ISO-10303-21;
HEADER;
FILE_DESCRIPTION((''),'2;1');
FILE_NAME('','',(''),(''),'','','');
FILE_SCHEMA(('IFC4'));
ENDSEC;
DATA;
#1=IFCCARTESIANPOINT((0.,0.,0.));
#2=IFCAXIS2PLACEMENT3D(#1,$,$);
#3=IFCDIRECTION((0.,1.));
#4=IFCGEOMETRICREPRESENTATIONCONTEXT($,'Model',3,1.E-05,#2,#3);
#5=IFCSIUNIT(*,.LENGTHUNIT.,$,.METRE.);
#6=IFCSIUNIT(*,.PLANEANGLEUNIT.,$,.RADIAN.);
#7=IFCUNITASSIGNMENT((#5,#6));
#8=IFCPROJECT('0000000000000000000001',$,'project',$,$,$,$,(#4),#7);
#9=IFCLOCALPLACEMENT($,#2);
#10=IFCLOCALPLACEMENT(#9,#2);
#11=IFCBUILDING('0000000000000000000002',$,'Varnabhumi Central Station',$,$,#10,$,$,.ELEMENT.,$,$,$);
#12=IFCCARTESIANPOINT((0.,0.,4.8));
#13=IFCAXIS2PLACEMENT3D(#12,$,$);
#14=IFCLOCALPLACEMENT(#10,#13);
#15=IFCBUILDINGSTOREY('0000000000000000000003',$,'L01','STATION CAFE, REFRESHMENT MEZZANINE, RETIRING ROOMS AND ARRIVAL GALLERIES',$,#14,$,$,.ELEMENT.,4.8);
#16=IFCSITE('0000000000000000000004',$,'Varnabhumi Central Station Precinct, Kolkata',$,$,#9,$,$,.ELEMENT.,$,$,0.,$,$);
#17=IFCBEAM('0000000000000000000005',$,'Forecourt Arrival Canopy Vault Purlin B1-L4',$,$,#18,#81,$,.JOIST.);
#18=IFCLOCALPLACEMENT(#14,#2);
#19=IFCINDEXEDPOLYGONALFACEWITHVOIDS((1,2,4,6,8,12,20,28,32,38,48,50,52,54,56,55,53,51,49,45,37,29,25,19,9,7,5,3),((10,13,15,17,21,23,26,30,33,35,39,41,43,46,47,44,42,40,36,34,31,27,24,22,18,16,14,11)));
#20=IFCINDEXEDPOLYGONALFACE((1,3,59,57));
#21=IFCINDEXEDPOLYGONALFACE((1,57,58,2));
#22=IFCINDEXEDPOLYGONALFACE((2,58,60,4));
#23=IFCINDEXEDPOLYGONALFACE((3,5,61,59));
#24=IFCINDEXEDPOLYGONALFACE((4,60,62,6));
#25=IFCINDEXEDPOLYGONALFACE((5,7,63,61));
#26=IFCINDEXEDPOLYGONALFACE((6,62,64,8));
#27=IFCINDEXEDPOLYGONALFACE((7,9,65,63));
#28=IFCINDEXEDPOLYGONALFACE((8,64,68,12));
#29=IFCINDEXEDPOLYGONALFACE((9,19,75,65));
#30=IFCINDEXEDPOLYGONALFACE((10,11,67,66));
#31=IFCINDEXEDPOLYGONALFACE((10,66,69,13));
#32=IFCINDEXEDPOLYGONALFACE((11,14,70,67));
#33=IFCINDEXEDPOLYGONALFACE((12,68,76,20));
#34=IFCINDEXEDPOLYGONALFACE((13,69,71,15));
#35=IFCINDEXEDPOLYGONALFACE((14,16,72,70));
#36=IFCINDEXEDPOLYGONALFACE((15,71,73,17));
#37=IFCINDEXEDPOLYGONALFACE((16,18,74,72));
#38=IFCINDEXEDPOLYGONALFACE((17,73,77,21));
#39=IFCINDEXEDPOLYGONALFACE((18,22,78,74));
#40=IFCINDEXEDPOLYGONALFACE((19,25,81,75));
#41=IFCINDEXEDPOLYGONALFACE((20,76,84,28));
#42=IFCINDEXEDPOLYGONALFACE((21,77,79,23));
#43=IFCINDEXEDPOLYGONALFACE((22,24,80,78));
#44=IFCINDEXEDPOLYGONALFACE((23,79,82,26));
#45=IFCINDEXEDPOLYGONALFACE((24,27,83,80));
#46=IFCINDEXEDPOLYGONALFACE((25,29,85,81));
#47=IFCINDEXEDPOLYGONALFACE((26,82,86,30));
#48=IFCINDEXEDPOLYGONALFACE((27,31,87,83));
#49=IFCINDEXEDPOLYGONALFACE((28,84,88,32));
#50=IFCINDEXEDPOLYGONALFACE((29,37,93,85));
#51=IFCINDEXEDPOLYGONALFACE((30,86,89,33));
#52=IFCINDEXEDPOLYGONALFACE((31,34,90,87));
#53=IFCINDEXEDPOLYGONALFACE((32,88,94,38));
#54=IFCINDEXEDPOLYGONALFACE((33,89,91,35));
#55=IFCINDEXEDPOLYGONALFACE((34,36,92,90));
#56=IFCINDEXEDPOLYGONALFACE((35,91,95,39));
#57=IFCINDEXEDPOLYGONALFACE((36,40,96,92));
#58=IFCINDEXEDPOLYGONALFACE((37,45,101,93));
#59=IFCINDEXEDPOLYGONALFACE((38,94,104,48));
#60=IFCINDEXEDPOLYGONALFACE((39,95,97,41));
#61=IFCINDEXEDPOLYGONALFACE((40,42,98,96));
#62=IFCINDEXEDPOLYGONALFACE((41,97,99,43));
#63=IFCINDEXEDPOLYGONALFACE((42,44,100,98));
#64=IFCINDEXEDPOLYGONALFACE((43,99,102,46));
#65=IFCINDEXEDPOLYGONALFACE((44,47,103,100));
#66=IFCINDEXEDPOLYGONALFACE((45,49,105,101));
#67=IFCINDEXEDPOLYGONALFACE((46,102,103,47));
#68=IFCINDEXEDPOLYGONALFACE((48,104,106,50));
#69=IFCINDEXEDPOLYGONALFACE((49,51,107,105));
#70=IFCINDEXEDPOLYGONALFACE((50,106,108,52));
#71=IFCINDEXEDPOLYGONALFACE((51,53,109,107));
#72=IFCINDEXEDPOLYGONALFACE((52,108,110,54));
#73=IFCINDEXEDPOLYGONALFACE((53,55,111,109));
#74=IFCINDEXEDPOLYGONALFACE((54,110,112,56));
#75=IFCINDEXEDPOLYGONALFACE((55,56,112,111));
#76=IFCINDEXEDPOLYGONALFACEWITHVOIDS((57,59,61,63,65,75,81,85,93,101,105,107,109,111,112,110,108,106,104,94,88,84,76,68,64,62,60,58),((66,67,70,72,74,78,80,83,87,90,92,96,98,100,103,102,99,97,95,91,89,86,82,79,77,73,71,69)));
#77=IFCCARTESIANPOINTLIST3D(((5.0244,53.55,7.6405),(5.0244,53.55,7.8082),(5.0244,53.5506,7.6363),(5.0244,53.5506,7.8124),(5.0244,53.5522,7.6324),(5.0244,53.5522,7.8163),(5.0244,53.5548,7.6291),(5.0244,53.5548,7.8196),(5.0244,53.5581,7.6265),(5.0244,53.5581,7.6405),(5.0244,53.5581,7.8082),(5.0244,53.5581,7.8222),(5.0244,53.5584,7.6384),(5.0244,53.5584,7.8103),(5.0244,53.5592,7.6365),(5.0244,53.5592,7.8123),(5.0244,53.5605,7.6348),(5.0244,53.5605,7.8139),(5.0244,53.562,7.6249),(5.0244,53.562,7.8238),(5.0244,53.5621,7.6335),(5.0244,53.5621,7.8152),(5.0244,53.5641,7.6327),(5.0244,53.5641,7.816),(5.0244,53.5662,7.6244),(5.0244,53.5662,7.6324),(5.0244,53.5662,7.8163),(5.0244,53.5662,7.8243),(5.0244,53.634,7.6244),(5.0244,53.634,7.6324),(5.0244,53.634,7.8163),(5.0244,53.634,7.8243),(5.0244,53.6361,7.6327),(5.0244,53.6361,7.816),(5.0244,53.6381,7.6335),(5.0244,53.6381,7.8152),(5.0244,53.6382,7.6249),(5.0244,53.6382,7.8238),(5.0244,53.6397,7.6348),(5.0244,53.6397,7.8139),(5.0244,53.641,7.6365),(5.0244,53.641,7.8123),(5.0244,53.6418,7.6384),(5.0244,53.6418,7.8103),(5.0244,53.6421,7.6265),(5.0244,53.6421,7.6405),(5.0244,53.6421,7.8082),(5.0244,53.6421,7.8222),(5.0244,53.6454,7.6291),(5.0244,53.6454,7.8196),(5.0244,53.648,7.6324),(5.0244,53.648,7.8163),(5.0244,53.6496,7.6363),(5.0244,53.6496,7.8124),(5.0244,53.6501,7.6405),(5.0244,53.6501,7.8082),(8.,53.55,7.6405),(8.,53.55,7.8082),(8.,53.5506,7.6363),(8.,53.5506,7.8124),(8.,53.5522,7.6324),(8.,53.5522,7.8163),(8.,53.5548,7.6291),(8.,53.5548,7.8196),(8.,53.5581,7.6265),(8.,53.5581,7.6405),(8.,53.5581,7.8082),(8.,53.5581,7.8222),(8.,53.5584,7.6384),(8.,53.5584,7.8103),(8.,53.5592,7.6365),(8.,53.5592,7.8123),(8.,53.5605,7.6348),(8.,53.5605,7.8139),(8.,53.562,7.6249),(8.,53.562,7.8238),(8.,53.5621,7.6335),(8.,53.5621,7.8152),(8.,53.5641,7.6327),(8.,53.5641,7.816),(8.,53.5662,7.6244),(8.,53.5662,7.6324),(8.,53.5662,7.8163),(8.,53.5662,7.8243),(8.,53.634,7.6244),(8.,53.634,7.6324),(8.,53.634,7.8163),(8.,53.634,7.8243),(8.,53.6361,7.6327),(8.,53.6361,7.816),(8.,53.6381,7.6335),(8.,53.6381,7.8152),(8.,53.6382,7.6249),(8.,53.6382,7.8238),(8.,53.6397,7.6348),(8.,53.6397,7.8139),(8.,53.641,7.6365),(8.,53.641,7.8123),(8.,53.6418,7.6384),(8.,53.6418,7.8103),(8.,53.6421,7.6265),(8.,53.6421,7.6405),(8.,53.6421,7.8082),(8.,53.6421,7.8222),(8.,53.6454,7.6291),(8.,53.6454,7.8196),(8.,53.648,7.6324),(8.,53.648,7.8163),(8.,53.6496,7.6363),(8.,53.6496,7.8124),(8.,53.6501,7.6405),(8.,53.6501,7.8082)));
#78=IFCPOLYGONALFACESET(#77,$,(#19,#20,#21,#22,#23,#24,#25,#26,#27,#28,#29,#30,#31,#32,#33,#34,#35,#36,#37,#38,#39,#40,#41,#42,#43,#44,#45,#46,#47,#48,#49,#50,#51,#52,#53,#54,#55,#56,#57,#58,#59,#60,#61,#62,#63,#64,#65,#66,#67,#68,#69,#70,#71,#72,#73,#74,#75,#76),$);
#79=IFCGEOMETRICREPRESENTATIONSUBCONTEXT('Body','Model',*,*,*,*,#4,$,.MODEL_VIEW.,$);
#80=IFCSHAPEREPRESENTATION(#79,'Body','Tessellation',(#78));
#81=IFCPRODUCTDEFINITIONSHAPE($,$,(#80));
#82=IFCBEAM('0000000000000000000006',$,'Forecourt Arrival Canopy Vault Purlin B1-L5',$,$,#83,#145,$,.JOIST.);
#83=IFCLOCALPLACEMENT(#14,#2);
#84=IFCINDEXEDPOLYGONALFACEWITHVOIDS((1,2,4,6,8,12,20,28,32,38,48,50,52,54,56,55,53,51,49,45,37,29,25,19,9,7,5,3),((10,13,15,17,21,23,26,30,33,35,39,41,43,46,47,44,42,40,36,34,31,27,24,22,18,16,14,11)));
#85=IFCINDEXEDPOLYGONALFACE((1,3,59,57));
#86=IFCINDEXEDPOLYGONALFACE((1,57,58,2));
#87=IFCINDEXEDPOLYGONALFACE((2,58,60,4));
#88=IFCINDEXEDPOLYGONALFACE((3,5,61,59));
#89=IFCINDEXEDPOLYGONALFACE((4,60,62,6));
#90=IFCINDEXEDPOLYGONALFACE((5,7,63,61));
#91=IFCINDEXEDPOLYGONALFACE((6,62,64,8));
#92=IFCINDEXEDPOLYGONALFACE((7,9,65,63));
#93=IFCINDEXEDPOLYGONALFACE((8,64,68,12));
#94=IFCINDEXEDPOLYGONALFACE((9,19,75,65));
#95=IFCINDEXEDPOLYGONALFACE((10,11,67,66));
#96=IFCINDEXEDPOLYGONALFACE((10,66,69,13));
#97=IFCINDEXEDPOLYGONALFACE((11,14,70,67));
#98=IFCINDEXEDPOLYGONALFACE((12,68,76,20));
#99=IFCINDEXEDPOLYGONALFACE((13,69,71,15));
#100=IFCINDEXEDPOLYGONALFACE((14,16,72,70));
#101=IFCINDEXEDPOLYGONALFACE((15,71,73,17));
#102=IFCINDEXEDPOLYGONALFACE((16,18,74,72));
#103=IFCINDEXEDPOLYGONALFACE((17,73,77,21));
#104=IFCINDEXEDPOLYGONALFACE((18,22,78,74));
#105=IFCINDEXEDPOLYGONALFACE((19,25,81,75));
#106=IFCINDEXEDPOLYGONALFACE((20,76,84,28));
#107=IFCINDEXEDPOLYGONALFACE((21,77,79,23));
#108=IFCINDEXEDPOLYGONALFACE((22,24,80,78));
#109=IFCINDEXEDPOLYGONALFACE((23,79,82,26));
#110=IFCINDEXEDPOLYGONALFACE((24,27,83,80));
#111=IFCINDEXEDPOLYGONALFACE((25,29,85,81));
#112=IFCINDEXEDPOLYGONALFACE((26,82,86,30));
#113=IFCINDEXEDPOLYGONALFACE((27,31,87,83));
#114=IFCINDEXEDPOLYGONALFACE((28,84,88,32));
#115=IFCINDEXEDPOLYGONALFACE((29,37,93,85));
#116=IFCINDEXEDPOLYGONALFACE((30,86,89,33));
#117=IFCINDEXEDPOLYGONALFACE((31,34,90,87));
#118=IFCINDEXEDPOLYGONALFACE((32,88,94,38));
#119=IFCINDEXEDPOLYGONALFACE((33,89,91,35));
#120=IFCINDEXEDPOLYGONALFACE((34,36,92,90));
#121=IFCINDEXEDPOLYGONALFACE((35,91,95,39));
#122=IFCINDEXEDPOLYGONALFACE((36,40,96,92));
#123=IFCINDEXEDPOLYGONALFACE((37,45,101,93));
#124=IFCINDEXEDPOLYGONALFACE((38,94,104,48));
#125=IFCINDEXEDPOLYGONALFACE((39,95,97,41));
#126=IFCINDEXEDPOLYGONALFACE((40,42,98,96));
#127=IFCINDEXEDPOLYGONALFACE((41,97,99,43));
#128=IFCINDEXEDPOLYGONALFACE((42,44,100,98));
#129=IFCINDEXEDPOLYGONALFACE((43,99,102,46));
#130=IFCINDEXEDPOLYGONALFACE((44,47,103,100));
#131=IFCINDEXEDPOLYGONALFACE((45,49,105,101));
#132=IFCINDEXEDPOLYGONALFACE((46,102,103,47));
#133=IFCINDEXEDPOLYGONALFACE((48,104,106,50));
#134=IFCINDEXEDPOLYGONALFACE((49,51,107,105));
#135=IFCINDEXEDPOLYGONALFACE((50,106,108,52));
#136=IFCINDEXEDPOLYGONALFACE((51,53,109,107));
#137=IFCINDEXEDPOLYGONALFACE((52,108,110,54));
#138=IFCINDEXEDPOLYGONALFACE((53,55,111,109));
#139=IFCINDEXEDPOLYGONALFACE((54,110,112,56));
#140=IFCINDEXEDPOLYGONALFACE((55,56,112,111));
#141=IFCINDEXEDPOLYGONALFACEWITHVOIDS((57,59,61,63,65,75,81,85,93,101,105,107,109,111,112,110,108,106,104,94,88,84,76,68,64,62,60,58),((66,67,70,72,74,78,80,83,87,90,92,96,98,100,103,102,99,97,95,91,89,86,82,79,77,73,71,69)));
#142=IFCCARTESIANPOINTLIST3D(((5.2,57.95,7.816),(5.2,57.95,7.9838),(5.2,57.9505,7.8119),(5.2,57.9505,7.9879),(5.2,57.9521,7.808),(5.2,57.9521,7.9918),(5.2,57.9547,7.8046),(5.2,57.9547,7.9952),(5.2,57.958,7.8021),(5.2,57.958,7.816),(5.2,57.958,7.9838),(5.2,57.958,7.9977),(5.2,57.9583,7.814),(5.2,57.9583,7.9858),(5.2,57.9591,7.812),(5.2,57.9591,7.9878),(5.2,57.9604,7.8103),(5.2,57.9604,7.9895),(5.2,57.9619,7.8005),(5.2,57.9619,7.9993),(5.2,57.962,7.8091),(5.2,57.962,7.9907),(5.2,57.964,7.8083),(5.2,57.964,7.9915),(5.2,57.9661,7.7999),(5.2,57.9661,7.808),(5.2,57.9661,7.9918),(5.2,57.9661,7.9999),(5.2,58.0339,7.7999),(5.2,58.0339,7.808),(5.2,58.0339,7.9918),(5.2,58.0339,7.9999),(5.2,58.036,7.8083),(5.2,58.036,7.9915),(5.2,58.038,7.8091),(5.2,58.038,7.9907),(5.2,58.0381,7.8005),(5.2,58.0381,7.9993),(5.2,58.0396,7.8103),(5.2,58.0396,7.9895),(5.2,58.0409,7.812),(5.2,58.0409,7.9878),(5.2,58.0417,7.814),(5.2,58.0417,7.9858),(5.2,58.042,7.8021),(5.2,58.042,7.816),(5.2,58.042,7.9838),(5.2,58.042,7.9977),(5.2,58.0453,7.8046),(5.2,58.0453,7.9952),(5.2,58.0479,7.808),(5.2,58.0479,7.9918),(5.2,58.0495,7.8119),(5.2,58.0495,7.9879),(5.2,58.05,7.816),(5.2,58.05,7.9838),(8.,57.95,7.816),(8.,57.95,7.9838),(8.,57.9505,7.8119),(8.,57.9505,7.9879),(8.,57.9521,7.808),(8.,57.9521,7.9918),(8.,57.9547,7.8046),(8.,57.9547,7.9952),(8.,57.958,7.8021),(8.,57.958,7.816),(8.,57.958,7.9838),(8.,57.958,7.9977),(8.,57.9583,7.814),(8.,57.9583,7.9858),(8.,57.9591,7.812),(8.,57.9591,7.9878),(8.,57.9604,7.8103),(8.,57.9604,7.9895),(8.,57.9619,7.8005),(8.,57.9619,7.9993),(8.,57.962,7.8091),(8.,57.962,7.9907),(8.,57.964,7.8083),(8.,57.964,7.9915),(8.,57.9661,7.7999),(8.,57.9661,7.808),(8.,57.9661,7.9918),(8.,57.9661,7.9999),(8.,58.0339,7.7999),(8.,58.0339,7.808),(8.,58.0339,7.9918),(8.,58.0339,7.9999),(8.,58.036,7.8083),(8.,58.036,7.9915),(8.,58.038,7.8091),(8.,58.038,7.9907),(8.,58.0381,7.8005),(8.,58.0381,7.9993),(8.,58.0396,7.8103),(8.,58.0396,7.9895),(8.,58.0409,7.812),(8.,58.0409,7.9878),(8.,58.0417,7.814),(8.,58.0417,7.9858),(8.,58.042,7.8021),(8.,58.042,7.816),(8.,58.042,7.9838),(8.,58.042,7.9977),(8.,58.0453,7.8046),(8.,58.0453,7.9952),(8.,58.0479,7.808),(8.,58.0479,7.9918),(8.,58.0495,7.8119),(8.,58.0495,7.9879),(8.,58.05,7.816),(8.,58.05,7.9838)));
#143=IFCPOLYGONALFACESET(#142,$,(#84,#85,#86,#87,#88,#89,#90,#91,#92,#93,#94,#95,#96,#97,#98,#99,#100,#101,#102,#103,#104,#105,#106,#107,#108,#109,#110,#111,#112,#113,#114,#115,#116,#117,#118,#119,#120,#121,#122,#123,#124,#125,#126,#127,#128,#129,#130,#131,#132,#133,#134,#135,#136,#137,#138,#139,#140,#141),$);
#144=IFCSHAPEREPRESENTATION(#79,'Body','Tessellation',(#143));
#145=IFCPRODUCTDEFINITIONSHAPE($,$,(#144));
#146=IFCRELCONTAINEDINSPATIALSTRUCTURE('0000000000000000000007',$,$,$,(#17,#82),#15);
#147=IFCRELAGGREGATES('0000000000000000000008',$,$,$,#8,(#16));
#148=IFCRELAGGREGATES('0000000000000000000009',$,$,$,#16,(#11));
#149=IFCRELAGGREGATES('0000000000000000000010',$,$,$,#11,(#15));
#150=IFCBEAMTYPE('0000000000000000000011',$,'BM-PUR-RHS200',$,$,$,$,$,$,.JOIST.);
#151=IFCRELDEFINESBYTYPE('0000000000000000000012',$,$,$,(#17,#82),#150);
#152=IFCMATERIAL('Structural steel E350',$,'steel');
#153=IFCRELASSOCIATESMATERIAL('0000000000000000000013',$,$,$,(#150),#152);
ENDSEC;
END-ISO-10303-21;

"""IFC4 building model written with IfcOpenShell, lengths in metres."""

from ifc_helpers import new_model, si_unit, direction, frame, origin, origin_2d, place, context, subcontext, project, spatial, hollow_rectangle, extrude, material, material_profile, profile_set, type_object, element, save


model = new_model("IFC4")

# Units and contexts
model_context = context("Model", 3, precision=1e-05, world=origin(), true_north=direction((0.0, 1.0)))
body_context = subcontext(model_context, "Body", "Model", "MODEL_VIEW")
ifc_project = project(units=[si_unit("LENGTHUNIT", "METRE"), si_unit("PLANEANGLEUNIT", "RADIAN")], contexts=[model_context])

# Site, building, storey
site_placement = place(None, origin())
site = spatial("IfcSite", under=ifc_project, at=site_placement, Name="Varnabhumi Central Station Precinct, Kolkata", CompositionType="ELEMENT", RefElevation=0.0)
building_placement = place(site_placement, origin())
building = spatial("IfcBuilding", under=site, at=building_placement, Name="Varnabhumi Central Station", CompositionType="ELEMENT")
storey_placement = place(building_placement, frame((0.0, 0.0, 4.8)))
storey = spatial("IfcBuildingStorey", under=building, at=storey_placement, Name="L01", Description="STATION CAFE, REFRESHMENT MEZZANINE, RETIRING ROOMS AND ARRIVAL GALLERIES", CompositionType="ELEMENT", Elevation=4.8)

# Beams
ifc_material_1 = material(Name="Structural steel E350", Category="steel")
ifc_material_profile_1 = material_profile(ifc_material_1, hollow_rectangle(XDim=0.1001, YDim=0.2, WallThickness=0.0081, InnerFilletRadius=0.0081, OuterFilletRadius=0.0161, at=origin_2d()), Name="Structural steel E350", Category="steel")
ifc_profile_set_1 = profile_set([ifc_material_profile_1], Name="Structural steel E350")
beam_type_1 = type_object("IfcBeamType", Name="BM-PUR-RHS200", PredefinedType="JOIST", material=ifc_profile_set_1)
beam_1_placement = place(storey_placement, frame((5.0244, 53.6001, 7.7244), z_axis=(1.0, 0.0, 0.0), x_axis=(0.0, 1.0, 0.0)))
element("IfcBeam", 1, at=beam_1_placement, inside=storey, type_object=beam_type_1, Name="Forecourt Arrival Canopy Vault Purlin B1-L4", PredefinedType="JOIST", context=body_context, shape_type="SweptSolid", body=[
    extrude(hollow_rectangle(XDim=0.1001, YDim=0.2, WallThickness=0.0081, InnerFilletRadius=0.0081, OuterFilletRadius=0.0161, at=origin_2d()), origin(), (0.0, 0.0, 1.0), 2.9756),
])
beam_2_placement = place(storey_placement, frame((5.2, 58.0, 7.8999), z_axis=(1.0, 0.0, 0.0), x_axis=(0.0, 1.0, 0.0)))
element("IfcBeam", 2, at=beam_2_placement, inside=storey, type_object=beam_type_1, Name="Forecourt Arrival Canopy Vault Purlin B1-L5", PredefinedType="JOIST", context=body_context, shape_type="SweptSolid", body=[
    extrude(hollow_rectangle(XDim=0.1001, YDim=0.2, WallThickness=0.0081, InnerFilletRadius=0.0081, OuterFilletRadius=0.0161, at=origin_2d()), origin(), (0.0, 0.0, 1.0), 2.8),
])

save(model, "model.ifc")
